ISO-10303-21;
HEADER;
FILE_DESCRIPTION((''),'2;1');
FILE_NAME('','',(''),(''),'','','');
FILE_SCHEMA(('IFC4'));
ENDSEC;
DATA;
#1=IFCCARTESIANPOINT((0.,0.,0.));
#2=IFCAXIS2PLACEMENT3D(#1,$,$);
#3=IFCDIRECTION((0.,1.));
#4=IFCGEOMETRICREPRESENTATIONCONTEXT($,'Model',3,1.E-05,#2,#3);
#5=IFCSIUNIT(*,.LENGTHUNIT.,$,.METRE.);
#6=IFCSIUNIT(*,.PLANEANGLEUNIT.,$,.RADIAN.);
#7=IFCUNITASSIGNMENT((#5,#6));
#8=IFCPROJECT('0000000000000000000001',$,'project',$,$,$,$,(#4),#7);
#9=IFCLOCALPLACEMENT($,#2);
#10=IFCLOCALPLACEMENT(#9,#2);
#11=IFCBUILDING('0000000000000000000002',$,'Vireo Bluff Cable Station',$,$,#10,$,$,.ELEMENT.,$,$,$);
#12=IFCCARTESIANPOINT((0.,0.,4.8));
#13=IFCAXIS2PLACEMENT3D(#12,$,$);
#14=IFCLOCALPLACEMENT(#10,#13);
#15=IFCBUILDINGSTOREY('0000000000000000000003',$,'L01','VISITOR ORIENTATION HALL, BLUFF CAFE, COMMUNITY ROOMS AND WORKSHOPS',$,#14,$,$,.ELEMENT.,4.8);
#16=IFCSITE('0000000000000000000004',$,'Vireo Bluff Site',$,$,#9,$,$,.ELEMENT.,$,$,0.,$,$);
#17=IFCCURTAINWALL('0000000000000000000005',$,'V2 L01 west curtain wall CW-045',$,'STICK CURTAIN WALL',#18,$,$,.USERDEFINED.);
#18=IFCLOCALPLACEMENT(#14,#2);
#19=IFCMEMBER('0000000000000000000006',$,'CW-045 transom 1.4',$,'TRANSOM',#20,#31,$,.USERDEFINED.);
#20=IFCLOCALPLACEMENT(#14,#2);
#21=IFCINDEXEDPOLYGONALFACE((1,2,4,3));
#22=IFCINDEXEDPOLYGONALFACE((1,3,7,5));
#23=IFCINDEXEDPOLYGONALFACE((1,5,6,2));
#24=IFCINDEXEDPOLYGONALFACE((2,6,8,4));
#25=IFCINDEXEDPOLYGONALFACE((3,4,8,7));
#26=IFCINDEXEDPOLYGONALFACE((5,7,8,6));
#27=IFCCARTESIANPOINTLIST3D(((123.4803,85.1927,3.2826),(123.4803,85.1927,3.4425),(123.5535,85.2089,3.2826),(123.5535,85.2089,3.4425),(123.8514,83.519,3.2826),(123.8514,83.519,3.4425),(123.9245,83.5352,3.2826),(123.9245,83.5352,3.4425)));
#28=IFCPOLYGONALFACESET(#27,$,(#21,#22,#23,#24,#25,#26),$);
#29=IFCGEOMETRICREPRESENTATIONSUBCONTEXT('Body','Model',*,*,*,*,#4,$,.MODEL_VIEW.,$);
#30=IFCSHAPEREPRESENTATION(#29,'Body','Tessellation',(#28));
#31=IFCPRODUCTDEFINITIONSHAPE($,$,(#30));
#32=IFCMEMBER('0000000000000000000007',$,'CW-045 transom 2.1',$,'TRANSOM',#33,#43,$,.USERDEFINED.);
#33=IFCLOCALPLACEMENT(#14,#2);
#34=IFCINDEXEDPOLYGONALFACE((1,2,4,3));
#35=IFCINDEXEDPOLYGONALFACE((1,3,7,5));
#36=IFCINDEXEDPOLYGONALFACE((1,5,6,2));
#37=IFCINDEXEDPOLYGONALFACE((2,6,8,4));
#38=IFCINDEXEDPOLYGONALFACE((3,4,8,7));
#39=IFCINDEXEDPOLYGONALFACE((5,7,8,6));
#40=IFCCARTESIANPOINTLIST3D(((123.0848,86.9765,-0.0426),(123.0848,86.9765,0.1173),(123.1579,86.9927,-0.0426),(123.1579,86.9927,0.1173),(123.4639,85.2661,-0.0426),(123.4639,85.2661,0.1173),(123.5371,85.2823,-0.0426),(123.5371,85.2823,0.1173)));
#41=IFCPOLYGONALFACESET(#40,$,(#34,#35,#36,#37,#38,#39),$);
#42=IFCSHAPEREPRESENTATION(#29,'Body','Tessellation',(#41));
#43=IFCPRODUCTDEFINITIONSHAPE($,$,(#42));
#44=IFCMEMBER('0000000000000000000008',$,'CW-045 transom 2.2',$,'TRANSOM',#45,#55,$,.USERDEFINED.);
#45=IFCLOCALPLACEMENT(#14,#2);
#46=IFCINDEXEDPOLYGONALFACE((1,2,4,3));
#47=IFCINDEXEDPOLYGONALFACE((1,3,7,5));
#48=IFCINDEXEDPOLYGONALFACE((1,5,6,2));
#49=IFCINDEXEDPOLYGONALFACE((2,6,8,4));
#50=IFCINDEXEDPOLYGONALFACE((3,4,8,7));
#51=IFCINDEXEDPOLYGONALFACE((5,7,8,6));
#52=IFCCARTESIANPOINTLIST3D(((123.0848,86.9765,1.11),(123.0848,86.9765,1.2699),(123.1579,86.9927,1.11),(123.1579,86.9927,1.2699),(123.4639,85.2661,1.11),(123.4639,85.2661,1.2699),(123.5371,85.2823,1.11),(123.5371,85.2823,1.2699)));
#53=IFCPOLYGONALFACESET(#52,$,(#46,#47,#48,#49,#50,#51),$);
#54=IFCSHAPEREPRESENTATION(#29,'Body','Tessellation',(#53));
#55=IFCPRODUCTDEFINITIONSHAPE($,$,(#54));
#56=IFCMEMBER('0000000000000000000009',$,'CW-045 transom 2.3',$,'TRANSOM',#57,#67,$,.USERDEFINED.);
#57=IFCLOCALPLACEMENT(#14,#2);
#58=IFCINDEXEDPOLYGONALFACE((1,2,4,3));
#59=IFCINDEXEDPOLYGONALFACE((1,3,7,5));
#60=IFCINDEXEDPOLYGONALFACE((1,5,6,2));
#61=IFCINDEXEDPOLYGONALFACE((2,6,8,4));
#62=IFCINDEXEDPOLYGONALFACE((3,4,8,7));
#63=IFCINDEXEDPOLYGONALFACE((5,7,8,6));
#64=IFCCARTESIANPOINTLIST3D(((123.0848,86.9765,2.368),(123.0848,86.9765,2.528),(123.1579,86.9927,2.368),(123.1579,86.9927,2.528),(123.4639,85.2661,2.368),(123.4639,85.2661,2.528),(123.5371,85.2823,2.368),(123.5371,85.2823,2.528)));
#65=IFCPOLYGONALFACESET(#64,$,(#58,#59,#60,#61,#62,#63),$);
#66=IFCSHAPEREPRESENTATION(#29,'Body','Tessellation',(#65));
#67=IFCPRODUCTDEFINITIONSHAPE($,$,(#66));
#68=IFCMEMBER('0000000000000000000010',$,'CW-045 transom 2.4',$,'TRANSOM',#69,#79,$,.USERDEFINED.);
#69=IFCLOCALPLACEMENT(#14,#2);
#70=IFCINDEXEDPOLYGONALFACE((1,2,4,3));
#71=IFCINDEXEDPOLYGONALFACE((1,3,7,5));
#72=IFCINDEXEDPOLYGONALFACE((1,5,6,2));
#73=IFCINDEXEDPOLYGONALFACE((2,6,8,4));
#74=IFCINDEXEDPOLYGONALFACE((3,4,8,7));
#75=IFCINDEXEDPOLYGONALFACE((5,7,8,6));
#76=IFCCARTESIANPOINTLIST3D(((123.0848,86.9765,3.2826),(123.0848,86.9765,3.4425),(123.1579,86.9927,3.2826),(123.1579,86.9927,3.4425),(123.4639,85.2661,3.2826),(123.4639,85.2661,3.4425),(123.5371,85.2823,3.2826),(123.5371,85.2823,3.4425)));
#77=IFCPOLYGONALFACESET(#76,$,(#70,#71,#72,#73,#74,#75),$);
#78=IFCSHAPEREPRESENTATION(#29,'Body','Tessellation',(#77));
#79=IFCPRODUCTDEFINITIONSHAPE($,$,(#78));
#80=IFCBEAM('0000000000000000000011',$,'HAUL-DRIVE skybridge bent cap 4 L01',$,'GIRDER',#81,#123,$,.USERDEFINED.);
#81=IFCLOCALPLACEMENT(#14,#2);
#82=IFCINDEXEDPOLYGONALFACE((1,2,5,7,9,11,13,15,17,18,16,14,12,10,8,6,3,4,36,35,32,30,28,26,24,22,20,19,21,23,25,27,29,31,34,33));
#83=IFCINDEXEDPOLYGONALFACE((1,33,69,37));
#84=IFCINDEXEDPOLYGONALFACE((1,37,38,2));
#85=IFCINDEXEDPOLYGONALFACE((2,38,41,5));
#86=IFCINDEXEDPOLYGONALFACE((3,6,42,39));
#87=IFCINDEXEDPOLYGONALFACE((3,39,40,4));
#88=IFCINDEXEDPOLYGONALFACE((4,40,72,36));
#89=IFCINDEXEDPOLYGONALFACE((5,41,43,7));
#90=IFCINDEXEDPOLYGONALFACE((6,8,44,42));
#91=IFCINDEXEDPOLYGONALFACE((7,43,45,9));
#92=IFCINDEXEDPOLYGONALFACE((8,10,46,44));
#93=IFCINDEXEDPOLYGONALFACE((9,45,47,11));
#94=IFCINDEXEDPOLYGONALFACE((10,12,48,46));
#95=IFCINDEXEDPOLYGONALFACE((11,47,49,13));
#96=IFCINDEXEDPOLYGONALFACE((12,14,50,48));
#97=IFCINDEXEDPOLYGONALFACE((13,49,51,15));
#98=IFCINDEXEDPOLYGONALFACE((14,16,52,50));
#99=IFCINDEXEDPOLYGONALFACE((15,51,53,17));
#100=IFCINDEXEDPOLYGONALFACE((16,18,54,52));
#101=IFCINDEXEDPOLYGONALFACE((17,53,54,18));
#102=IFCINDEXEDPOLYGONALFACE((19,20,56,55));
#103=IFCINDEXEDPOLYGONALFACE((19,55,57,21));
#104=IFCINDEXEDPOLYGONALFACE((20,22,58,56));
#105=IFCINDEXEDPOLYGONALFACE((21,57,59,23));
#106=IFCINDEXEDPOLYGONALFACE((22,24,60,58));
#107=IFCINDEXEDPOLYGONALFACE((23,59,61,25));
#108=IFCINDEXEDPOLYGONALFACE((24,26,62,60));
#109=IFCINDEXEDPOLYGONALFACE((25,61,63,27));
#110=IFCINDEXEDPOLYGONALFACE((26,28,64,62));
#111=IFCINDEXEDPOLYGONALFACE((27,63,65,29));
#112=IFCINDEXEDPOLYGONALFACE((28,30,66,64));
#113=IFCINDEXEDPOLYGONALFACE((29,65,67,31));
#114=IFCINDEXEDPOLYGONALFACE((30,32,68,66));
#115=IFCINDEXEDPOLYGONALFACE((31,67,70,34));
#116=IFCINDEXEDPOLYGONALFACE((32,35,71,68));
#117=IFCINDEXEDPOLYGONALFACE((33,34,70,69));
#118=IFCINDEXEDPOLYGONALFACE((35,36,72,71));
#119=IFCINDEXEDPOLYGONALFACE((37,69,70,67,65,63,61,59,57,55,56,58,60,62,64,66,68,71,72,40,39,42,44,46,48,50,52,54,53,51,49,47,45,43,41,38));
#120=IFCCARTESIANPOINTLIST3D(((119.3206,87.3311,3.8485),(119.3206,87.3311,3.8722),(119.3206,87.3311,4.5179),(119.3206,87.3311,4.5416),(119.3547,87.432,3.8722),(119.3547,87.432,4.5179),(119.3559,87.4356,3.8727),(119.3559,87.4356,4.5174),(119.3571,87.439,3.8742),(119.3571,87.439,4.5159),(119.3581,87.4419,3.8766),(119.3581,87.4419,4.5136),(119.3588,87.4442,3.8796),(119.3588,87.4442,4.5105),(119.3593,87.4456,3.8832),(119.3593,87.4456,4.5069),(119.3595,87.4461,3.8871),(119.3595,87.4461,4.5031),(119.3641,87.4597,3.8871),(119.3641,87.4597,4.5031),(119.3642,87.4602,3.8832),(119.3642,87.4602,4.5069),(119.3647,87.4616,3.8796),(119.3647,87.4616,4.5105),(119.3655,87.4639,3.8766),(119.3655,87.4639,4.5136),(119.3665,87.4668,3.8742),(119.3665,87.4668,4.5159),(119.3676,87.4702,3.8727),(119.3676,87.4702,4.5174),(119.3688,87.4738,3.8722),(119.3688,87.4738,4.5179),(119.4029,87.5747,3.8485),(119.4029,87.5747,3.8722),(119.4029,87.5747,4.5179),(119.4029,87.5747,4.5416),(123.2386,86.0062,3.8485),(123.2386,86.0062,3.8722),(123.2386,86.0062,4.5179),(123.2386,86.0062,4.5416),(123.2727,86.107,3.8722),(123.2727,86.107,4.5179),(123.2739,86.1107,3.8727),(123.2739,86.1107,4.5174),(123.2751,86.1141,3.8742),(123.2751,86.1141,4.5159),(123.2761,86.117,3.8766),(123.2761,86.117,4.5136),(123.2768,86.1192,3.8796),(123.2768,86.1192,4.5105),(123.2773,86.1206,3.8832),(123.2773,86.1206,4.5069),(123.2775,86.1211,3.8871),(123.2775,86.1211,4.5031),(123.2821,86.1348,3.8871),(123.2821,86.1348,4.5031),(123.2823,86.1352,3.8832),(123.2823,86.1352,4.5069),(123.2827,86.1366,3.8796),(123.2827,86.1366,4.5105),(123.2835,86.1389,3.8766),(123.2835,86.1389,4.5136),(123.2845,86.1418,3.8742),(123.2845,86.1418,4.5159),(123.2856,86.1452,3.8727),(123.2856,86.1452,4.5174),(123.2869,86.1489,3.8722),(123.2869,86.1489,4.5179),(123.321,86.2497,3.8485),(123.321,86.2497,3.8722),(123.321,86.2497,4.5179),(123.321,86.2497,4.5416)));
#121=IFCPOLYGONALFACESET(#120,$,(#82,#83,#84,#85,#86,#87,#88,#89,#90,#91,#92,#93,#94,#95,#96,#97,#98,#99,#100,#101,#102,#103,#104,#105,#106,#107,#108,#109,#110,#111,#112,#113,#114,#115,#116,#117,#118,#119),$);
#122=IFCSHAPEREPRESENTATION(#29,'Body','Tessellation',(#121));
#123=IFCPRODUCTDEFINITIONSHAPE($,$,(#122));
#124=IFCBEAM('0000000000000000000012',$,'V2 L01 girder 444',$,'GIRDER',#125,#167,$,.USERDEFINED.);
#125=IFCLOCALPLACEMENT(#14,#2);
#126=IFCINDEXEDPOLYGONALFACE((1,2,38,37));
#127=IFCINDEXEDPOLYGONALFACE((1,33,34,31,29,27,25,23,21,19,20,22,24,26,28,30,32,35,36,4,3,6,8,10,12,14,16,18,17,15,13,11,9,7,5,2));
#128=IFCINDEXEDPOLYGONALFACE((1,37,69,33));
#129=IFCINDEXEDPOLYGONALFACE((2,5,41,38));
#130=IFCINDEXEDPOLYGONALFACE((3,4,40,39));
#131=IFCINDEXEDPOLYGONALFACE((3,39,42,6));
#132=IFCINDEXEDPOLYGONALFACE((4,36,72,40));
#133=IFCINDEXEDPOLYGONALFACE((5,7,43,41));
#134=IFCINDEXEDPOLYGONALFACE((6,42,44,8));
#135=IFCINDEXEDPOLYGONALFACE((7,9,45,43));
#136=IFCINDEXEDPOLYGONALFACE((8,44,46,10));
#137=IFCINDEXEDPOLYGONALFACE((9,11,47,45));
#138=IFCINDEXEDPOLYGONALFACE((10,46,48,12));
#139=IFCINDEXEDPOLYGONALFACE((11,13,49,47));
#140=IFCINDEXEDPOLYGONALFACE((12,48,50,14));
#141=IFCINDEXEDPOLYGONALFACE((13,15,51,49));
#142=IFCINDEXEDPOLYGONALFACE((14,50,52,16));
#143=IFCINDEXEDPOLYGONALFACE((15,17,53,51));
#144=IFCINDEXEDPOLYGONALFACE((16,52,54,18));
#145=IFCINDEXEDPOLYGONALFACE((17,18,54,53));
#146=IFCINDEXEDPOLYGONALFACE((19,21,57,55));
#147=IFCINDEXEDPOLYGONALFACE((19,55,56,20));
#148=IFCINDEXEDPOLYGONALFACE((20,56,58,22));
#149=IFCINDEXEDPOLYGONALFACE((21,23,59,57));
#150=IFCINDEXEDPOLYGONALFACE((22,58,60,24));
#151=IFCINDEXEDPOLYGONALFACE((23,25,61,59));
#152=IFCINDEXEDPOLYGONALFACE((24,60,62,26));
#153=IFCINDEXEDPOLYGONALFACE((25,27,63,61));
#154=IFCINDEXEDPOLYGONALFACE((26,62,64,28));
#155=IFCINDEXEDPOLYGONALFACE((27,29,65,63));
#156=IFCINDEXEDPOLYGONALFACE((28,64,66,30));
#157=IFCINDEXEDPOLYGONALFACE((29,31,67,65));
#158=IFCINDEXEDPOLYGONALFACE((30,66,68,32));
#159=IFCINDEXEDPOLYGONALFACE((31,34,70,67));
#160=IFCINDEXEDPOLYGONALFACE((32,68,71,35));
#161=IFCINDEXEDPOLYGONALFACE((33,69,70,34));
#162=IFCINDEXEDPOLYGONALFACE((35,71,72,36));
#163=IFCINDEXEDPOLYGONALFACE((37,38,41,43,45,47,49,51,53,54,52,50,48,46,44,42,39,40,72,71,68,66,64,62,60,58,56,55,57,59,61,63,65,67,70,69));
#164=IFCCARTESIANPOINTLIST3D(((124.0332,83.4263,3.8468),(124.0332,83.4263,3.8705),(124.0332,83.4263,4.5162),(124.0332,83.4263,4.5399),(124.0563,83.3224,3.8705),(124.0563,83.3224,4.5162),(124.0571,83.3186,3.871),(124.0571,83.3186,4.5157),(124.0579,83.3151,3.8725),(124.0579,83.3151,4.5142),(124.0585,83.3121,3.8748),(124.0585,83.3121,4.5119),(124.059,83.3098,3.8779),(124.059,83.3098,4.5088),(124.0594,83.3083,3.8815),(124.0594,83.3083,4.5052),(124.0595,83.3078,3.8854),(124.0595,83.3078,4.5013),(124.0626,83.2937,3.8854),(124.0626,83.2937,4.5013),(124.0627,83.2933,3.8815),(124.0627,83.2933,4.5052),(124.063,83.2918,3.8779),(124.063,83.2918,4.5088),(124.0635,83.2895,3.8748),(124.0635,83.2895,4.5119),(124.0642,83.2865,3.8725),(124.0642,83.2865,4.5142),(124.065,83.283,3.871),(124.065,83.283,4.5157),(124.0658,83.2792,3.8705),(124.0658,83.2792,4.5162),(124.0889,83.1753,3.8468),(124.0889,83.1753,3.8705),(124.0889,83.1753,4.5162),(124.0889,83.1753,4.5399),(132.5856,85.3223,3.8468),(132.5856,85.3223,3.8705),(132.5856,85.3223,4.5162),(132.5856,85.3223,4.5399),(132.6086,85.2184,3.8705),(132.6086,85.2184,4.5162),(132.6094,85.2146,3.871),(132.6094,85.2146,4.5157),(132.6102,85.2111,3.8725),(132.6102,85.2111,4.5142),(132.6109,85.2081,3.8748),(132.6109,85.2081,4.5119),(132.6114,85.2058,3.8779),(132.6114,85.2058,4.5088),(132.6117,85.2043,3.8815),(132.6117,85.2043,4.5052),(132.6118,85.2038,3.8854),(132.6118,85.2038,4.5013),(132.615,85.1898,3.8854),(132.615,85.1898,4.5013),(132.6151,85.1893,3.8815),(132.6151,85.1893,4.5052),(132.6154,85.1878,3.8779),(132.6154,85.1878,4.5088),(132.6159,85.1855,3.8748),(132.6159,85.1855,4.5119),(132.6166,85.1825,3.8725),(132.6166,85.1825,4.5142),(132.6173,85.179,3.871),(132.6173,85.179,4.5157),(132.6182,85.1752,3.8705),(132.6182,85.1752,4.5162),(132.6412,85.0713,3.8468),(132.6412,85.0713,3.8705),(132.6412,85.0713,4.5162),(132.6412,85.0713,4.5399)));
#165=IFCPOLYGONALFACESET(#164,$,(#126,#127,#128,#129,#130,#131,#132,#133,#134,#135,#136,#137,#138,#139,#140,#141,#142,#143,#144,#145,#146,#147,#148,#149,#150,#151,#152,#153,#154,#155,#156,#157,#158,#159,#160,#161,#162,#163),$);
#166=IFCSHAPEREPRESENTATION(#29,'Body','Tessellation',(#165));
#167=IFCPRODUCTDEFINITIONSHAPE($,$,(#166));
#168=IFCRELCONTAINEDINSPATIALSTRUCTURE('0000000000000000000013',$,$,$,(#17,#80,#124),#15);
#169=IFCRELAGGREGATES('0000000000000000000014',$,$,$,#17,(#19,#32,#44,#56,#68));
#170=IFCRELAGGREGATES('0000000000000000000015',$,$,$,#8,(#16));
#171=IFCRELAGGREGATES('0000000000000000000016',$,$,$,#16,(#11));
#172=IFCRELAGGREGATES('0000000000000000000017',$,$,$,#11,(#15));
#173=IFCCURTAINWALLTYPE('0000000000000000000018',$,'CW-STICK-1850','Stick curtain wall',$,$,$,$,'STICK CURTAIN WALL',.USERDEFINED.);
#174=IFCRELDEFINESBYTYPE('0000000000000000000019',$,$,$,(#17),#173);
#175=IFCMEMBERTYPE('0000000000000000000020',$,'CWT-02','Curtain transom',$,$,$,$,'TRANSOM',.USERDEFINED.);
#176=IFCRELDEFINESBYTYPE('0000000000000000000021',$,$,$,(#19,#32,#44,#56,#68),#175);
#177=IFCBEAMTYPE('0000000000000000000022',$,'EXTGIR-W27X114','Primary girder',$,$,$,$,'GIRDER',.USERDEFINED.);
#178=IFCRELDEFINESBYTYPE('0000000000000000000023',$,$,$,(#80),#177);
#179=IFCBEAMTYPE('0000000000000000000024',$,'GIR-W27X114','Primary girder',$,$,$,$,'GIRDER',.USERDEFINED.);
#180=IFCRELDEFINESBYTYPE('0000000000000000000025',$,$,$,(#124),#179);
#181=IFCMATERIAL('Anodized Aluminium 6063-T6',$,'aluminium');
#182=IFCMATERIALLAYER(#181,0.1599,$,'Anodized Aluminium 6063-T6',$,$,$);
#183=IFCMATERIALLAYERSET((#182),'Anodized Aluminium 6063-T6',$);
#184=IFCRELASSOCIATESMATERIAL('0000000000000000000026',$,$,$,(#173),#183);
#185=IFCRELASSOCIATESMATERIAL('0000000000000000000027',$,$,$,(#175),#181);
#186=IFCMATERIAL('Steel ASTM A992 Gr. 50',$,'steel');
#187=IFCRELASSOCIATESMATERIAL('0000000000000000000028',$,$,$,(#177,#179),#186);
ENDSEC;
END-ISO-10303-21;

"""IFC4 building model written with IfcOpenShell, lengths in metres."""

from ifc_helpers import new_model, si_unit, direction, frame, origin, origin_2d, place, context, subcontext, project, spatial, rectangle, i_section, extrude, material, layer, layer_set, material_profile, profile_set, type_object, element, aggregate, save


model = new_model("IFC4")

# Units and contexts
model_context = context("Model", 3, precision=1e-05, world=origin(), true_north=direction((0.0, 1.0)))
body_context = subcontext(model_context, "Body", "Model", "MODEL_VIEW")
ifc_project = project(units=[si_unit("LENGTHUNIT", "METRE"), si_unit("PLANEANGLEUNIT", "RADIAN")], contexts=[model_context])

# Site, building, storey
site_placement = place(None, origin())
site = spatial("IfcSite", under=ifc_project, at=site_placement, Name="Vireo Bluff Site", CompositionType="ELEMENT", RefElevation=0.0)
building_placement = place(site_placement, origin())
building = spatial("IfcBuilding", under=site, at=building_placement, Name="Vireo Bluff Cable Station", CompositionType="ELEMENT")
storey_placement = place(building_placement, frame((0.0, 0.0, 4.8)))
storey = spatial("IfcBuildingStorey", under=building, at=storey_placement, Name="L01", Description="VISITOR ORIENTATION HALL, BLUFF CAFE, COMMUNITY ROOMS AND WORKSHOPS", CompositionType="ELEMENT", Elevation=4.8)

# Shared definitions
ifc_material_1 = material(Name="Steel ASTM A992 Gr. 50", Category="steel")

# Shared definitions
ifc_material_2 = material(Name="Anodized Aluminium 6063-T6", Category="aluminium")

# Curtain wall, members
ifc_layer_1 = layer(ifc_material_2, 0.1599, Name="Anodized Aluminium 6063-T6")
ifc_layer_set_1 = layer_set([ifc_layer_1], Name="Anodized Aluminium 6063-T6")
curtain_wall_type_1 = type_object("IfcCurtainWallType", Name="CW-STICK-1850", Description="Stick curtain wall", ElementType="STICK CURTAIN WALL", PredefinedType="USERDEFINED", material=ifc_layer_set_1)
curtain_wall_1_placement = place(storey_placement, origin())
curtain_wall_1 = element("IfcCurtainWall", 1, at=curtain_wall_1_placement, inside=storey, type_object=curtain_wall_type_1, Name="V2 L01 west curtain wall CW-045", ObjectType="STICK CURTAIN WALL", PredefinedType="USERDEFINED")
ifc_material_profile_1 = material_profile(ifc_material_2, rectangle(XDim=0.075, YDim=0.1599, at=origin_2d()), Name="ALU-T-75X160")
ifc_profile_set_1 = profile_set([ifc_material_profile_1], Name="Anodized Aluminium 6063-T6")
member_type_1 = type_object("IfcMemberType", Name="CWT-02", Description="Curtain transom", ElementType="TRANSOM", PredefinedType="USERDEFINED", material=ifc_profile_set_1)
member_1_placement = place(storey_placement, frame((123.8879, 83.5271, 3.3625), z_axis=(-0.216448, 0.976294, 0.0), x_axis=(-0.976294, -0.216448, 0.0)))
member_1 = element("IfcMember", 2, at=member_1_placement, type_object=member_type_1, Name="CW-045 transom 1.4", ObjectType="TRANSOM", PredefinedType="USERDEFINED", context=body_context, shape_type="SweptSolid", body=[
    extrude(rectangle(XDim=0.075, YDim=0.1599, at=origin_2d()), origin(), (0.0, 0.0, 1.0), 1.7144),
])
member_2_placement = place(storey_placement, frame((123.5005, 85.2742, 0.0374), z_axis=(-0.216414, 0.976302, 0.0), x_axis=(-0.976302, -0.216414, 0.0)))
member_2 = element("IfcMember", 3, at=member_2_placement, type_object=member_type_1, Name="CW-045 transom 2.1", ObjectType="TRANSOM", PredefinedType="USERDEFINED", context=body_context, shape_type="SweptSolid", body=[
    extrude(rectangle(XDim=0.075, YDim=0.1599, at=origin_2d()), origin(), (0.0, 0.0, 1.0), 1.752),
])
member_3_placement = place(storey_placement, frame((123.5005, 85.2742, 1.1899), z_axis=(-0.216414, 0.976302, 0.0), x_axis=(-0.976302, -0.216414, 0.0)))
member_3 = element("IfcMember", 4, at=member_3_placement, type_object=member_type_1, Name="CW-045 transom 2.2", ObjectType="TRANSOM", PredefinedType="USERDEFINED", context=body_context, shape_type="SweptSolid", body=[
    extrude(rectangle(XDim=0.075, YDim=0.1599, at=origin_2d()), origin(), (0.0, 0.0, 1.0), 1.752),
])
member_4_placement = place(storey_placement, frame((123.5005, 85.2742, 2.448), z_axis=(-0.216414, 0.976302, 0.0), x_axis=(-0.976302, -0.216414, 0.0)))
member_4 = element("IfcMember", 5, at=member_4_placement, type_object=member_type_1, Name="CW-045 transom 2.3", ObjectType="TRANSOM", PredefinedType="USERDEFINED", context=body_context, shape_type="SweptSolid", body=[
    extrude(rectangle(XDim=0.075, YDim=0.1599, at=origin_2d()), origin(), (0.0, 0.0, 1.0), 1.752),
])
member_5_placement = place(storey_placement, frame((123.5005, 85.2742, 3.3625), z_axis=(-0.216414, 0.976302, 0.0), x_axis=(-0.976302, -0.216414, 0.0)))
member_5 = element("IfcMember", 6, at=member_5_placement, type_object=member_type_1, Name="CW-045 transom 2.4", ObjectType="TRANSOM", PredefinedType="USERDEFINED", context=body_context, shape_type="SweptSolid", body=[
    extrude(rectangle(XDim=0.075, YDim=0.1599, at=origin_2d()), origin(), (0.0, 0.0, 1.0), 1.752),
])

# Beams
ifc_material_profile_2 = material_profile(ifc_material_1, i_section(OverallWidth=0.2571, OverallDepth=0.6931, WebThickness=0.0144, FlangeThickness=0.0237, FilletRadius=0.0149, at=origin_2d()), Name="W27X114")
ifc_profile_set_2 = profile_set([ifc_material_profile_2], Name="Steel ASTM A992 Gr. 50")
beam_type_1 = type_object("IfcBeamType", Name="EXTGIR-W27X114", Description="Primary girder", ElementType="GIRDER", PredefinedType="USERDEFINED", material=ifc_profile_set_2)
beam_1_placement = place(storey_placement, frame((123.2798, 86.1279, 4.1951), z_axis=(-0.947299, 0.320351, 0.0), x_axis=(-0.320351, -0.947299, 0.0)))
element("IfcBeam", 7, at=beam_1_placement, inside=storey, type_object=beam_type_1, Name="HAUL-DRIVE skybridge bent cap 4 L01", ObjectType="GIRDER", PredefinedType="USERDEFINED", context=body_context, shape_type="SweptSolid", body=[
    extrude(i_section(OverallWidth=0.2571, OverallDepth=0.6931, WebThickness=0.0144, FlangeThickness=0.0237, FilletRadius=0.0149, at=origin_2d()), origin(), (0.0, 0.0, 1.0), 4.136),
])
ifc_material_profile_3 = material_profile(ifc_material_1, i_section(OverallWidth=0.2571, OverallDepth=0.6931, WebThickness=0.0144, FlangeThickness=0.0237, FilletRadius=0.0149, at=origin_2d()), Name="W27X114")
ifc_profile_set_3 = profile_set([ifc_material_profile_3], Name="Steel ASTM A992 Gr. 50")
beam_type_2 = type_object("IfcBeamType", Name="GIR-W27X114", Description="Primary girder", ElementType="GIRDER", PredefinedType="USERDEFINED", material=ifc_profile_set_3)
beam_2_placement = place(storey_placement, frame((124.061, 83.3008, 4.1934), z_axis=(0.976296, 0.216441, 0.0), x_axis=(-0.216441, 0.976296, 0.0)))
element("IfcBeam", 8, at=beam_2_placement, inside=storey, type_object=beam_type_2, Name="V2 L01 girder 444", ObjectType="GIRDER", PredefinedType="USERDEFINED", context=body_context, shape_type="SweptSolid", body=[
    extrude(i_section(OverallWidth=0.2571, OverallDepth=0.6931, WebThickness=0.0144, FlangeThickness=0.0237, FilletRadius=0.0149, at=origin_2d()), origin(), (0.0, 0.0, 1.0), 8.76),
])

aggregate(curtain_wall_1, [member_1, member_2, member_3, member_4, member_5])

save(model, "model.ifc")
